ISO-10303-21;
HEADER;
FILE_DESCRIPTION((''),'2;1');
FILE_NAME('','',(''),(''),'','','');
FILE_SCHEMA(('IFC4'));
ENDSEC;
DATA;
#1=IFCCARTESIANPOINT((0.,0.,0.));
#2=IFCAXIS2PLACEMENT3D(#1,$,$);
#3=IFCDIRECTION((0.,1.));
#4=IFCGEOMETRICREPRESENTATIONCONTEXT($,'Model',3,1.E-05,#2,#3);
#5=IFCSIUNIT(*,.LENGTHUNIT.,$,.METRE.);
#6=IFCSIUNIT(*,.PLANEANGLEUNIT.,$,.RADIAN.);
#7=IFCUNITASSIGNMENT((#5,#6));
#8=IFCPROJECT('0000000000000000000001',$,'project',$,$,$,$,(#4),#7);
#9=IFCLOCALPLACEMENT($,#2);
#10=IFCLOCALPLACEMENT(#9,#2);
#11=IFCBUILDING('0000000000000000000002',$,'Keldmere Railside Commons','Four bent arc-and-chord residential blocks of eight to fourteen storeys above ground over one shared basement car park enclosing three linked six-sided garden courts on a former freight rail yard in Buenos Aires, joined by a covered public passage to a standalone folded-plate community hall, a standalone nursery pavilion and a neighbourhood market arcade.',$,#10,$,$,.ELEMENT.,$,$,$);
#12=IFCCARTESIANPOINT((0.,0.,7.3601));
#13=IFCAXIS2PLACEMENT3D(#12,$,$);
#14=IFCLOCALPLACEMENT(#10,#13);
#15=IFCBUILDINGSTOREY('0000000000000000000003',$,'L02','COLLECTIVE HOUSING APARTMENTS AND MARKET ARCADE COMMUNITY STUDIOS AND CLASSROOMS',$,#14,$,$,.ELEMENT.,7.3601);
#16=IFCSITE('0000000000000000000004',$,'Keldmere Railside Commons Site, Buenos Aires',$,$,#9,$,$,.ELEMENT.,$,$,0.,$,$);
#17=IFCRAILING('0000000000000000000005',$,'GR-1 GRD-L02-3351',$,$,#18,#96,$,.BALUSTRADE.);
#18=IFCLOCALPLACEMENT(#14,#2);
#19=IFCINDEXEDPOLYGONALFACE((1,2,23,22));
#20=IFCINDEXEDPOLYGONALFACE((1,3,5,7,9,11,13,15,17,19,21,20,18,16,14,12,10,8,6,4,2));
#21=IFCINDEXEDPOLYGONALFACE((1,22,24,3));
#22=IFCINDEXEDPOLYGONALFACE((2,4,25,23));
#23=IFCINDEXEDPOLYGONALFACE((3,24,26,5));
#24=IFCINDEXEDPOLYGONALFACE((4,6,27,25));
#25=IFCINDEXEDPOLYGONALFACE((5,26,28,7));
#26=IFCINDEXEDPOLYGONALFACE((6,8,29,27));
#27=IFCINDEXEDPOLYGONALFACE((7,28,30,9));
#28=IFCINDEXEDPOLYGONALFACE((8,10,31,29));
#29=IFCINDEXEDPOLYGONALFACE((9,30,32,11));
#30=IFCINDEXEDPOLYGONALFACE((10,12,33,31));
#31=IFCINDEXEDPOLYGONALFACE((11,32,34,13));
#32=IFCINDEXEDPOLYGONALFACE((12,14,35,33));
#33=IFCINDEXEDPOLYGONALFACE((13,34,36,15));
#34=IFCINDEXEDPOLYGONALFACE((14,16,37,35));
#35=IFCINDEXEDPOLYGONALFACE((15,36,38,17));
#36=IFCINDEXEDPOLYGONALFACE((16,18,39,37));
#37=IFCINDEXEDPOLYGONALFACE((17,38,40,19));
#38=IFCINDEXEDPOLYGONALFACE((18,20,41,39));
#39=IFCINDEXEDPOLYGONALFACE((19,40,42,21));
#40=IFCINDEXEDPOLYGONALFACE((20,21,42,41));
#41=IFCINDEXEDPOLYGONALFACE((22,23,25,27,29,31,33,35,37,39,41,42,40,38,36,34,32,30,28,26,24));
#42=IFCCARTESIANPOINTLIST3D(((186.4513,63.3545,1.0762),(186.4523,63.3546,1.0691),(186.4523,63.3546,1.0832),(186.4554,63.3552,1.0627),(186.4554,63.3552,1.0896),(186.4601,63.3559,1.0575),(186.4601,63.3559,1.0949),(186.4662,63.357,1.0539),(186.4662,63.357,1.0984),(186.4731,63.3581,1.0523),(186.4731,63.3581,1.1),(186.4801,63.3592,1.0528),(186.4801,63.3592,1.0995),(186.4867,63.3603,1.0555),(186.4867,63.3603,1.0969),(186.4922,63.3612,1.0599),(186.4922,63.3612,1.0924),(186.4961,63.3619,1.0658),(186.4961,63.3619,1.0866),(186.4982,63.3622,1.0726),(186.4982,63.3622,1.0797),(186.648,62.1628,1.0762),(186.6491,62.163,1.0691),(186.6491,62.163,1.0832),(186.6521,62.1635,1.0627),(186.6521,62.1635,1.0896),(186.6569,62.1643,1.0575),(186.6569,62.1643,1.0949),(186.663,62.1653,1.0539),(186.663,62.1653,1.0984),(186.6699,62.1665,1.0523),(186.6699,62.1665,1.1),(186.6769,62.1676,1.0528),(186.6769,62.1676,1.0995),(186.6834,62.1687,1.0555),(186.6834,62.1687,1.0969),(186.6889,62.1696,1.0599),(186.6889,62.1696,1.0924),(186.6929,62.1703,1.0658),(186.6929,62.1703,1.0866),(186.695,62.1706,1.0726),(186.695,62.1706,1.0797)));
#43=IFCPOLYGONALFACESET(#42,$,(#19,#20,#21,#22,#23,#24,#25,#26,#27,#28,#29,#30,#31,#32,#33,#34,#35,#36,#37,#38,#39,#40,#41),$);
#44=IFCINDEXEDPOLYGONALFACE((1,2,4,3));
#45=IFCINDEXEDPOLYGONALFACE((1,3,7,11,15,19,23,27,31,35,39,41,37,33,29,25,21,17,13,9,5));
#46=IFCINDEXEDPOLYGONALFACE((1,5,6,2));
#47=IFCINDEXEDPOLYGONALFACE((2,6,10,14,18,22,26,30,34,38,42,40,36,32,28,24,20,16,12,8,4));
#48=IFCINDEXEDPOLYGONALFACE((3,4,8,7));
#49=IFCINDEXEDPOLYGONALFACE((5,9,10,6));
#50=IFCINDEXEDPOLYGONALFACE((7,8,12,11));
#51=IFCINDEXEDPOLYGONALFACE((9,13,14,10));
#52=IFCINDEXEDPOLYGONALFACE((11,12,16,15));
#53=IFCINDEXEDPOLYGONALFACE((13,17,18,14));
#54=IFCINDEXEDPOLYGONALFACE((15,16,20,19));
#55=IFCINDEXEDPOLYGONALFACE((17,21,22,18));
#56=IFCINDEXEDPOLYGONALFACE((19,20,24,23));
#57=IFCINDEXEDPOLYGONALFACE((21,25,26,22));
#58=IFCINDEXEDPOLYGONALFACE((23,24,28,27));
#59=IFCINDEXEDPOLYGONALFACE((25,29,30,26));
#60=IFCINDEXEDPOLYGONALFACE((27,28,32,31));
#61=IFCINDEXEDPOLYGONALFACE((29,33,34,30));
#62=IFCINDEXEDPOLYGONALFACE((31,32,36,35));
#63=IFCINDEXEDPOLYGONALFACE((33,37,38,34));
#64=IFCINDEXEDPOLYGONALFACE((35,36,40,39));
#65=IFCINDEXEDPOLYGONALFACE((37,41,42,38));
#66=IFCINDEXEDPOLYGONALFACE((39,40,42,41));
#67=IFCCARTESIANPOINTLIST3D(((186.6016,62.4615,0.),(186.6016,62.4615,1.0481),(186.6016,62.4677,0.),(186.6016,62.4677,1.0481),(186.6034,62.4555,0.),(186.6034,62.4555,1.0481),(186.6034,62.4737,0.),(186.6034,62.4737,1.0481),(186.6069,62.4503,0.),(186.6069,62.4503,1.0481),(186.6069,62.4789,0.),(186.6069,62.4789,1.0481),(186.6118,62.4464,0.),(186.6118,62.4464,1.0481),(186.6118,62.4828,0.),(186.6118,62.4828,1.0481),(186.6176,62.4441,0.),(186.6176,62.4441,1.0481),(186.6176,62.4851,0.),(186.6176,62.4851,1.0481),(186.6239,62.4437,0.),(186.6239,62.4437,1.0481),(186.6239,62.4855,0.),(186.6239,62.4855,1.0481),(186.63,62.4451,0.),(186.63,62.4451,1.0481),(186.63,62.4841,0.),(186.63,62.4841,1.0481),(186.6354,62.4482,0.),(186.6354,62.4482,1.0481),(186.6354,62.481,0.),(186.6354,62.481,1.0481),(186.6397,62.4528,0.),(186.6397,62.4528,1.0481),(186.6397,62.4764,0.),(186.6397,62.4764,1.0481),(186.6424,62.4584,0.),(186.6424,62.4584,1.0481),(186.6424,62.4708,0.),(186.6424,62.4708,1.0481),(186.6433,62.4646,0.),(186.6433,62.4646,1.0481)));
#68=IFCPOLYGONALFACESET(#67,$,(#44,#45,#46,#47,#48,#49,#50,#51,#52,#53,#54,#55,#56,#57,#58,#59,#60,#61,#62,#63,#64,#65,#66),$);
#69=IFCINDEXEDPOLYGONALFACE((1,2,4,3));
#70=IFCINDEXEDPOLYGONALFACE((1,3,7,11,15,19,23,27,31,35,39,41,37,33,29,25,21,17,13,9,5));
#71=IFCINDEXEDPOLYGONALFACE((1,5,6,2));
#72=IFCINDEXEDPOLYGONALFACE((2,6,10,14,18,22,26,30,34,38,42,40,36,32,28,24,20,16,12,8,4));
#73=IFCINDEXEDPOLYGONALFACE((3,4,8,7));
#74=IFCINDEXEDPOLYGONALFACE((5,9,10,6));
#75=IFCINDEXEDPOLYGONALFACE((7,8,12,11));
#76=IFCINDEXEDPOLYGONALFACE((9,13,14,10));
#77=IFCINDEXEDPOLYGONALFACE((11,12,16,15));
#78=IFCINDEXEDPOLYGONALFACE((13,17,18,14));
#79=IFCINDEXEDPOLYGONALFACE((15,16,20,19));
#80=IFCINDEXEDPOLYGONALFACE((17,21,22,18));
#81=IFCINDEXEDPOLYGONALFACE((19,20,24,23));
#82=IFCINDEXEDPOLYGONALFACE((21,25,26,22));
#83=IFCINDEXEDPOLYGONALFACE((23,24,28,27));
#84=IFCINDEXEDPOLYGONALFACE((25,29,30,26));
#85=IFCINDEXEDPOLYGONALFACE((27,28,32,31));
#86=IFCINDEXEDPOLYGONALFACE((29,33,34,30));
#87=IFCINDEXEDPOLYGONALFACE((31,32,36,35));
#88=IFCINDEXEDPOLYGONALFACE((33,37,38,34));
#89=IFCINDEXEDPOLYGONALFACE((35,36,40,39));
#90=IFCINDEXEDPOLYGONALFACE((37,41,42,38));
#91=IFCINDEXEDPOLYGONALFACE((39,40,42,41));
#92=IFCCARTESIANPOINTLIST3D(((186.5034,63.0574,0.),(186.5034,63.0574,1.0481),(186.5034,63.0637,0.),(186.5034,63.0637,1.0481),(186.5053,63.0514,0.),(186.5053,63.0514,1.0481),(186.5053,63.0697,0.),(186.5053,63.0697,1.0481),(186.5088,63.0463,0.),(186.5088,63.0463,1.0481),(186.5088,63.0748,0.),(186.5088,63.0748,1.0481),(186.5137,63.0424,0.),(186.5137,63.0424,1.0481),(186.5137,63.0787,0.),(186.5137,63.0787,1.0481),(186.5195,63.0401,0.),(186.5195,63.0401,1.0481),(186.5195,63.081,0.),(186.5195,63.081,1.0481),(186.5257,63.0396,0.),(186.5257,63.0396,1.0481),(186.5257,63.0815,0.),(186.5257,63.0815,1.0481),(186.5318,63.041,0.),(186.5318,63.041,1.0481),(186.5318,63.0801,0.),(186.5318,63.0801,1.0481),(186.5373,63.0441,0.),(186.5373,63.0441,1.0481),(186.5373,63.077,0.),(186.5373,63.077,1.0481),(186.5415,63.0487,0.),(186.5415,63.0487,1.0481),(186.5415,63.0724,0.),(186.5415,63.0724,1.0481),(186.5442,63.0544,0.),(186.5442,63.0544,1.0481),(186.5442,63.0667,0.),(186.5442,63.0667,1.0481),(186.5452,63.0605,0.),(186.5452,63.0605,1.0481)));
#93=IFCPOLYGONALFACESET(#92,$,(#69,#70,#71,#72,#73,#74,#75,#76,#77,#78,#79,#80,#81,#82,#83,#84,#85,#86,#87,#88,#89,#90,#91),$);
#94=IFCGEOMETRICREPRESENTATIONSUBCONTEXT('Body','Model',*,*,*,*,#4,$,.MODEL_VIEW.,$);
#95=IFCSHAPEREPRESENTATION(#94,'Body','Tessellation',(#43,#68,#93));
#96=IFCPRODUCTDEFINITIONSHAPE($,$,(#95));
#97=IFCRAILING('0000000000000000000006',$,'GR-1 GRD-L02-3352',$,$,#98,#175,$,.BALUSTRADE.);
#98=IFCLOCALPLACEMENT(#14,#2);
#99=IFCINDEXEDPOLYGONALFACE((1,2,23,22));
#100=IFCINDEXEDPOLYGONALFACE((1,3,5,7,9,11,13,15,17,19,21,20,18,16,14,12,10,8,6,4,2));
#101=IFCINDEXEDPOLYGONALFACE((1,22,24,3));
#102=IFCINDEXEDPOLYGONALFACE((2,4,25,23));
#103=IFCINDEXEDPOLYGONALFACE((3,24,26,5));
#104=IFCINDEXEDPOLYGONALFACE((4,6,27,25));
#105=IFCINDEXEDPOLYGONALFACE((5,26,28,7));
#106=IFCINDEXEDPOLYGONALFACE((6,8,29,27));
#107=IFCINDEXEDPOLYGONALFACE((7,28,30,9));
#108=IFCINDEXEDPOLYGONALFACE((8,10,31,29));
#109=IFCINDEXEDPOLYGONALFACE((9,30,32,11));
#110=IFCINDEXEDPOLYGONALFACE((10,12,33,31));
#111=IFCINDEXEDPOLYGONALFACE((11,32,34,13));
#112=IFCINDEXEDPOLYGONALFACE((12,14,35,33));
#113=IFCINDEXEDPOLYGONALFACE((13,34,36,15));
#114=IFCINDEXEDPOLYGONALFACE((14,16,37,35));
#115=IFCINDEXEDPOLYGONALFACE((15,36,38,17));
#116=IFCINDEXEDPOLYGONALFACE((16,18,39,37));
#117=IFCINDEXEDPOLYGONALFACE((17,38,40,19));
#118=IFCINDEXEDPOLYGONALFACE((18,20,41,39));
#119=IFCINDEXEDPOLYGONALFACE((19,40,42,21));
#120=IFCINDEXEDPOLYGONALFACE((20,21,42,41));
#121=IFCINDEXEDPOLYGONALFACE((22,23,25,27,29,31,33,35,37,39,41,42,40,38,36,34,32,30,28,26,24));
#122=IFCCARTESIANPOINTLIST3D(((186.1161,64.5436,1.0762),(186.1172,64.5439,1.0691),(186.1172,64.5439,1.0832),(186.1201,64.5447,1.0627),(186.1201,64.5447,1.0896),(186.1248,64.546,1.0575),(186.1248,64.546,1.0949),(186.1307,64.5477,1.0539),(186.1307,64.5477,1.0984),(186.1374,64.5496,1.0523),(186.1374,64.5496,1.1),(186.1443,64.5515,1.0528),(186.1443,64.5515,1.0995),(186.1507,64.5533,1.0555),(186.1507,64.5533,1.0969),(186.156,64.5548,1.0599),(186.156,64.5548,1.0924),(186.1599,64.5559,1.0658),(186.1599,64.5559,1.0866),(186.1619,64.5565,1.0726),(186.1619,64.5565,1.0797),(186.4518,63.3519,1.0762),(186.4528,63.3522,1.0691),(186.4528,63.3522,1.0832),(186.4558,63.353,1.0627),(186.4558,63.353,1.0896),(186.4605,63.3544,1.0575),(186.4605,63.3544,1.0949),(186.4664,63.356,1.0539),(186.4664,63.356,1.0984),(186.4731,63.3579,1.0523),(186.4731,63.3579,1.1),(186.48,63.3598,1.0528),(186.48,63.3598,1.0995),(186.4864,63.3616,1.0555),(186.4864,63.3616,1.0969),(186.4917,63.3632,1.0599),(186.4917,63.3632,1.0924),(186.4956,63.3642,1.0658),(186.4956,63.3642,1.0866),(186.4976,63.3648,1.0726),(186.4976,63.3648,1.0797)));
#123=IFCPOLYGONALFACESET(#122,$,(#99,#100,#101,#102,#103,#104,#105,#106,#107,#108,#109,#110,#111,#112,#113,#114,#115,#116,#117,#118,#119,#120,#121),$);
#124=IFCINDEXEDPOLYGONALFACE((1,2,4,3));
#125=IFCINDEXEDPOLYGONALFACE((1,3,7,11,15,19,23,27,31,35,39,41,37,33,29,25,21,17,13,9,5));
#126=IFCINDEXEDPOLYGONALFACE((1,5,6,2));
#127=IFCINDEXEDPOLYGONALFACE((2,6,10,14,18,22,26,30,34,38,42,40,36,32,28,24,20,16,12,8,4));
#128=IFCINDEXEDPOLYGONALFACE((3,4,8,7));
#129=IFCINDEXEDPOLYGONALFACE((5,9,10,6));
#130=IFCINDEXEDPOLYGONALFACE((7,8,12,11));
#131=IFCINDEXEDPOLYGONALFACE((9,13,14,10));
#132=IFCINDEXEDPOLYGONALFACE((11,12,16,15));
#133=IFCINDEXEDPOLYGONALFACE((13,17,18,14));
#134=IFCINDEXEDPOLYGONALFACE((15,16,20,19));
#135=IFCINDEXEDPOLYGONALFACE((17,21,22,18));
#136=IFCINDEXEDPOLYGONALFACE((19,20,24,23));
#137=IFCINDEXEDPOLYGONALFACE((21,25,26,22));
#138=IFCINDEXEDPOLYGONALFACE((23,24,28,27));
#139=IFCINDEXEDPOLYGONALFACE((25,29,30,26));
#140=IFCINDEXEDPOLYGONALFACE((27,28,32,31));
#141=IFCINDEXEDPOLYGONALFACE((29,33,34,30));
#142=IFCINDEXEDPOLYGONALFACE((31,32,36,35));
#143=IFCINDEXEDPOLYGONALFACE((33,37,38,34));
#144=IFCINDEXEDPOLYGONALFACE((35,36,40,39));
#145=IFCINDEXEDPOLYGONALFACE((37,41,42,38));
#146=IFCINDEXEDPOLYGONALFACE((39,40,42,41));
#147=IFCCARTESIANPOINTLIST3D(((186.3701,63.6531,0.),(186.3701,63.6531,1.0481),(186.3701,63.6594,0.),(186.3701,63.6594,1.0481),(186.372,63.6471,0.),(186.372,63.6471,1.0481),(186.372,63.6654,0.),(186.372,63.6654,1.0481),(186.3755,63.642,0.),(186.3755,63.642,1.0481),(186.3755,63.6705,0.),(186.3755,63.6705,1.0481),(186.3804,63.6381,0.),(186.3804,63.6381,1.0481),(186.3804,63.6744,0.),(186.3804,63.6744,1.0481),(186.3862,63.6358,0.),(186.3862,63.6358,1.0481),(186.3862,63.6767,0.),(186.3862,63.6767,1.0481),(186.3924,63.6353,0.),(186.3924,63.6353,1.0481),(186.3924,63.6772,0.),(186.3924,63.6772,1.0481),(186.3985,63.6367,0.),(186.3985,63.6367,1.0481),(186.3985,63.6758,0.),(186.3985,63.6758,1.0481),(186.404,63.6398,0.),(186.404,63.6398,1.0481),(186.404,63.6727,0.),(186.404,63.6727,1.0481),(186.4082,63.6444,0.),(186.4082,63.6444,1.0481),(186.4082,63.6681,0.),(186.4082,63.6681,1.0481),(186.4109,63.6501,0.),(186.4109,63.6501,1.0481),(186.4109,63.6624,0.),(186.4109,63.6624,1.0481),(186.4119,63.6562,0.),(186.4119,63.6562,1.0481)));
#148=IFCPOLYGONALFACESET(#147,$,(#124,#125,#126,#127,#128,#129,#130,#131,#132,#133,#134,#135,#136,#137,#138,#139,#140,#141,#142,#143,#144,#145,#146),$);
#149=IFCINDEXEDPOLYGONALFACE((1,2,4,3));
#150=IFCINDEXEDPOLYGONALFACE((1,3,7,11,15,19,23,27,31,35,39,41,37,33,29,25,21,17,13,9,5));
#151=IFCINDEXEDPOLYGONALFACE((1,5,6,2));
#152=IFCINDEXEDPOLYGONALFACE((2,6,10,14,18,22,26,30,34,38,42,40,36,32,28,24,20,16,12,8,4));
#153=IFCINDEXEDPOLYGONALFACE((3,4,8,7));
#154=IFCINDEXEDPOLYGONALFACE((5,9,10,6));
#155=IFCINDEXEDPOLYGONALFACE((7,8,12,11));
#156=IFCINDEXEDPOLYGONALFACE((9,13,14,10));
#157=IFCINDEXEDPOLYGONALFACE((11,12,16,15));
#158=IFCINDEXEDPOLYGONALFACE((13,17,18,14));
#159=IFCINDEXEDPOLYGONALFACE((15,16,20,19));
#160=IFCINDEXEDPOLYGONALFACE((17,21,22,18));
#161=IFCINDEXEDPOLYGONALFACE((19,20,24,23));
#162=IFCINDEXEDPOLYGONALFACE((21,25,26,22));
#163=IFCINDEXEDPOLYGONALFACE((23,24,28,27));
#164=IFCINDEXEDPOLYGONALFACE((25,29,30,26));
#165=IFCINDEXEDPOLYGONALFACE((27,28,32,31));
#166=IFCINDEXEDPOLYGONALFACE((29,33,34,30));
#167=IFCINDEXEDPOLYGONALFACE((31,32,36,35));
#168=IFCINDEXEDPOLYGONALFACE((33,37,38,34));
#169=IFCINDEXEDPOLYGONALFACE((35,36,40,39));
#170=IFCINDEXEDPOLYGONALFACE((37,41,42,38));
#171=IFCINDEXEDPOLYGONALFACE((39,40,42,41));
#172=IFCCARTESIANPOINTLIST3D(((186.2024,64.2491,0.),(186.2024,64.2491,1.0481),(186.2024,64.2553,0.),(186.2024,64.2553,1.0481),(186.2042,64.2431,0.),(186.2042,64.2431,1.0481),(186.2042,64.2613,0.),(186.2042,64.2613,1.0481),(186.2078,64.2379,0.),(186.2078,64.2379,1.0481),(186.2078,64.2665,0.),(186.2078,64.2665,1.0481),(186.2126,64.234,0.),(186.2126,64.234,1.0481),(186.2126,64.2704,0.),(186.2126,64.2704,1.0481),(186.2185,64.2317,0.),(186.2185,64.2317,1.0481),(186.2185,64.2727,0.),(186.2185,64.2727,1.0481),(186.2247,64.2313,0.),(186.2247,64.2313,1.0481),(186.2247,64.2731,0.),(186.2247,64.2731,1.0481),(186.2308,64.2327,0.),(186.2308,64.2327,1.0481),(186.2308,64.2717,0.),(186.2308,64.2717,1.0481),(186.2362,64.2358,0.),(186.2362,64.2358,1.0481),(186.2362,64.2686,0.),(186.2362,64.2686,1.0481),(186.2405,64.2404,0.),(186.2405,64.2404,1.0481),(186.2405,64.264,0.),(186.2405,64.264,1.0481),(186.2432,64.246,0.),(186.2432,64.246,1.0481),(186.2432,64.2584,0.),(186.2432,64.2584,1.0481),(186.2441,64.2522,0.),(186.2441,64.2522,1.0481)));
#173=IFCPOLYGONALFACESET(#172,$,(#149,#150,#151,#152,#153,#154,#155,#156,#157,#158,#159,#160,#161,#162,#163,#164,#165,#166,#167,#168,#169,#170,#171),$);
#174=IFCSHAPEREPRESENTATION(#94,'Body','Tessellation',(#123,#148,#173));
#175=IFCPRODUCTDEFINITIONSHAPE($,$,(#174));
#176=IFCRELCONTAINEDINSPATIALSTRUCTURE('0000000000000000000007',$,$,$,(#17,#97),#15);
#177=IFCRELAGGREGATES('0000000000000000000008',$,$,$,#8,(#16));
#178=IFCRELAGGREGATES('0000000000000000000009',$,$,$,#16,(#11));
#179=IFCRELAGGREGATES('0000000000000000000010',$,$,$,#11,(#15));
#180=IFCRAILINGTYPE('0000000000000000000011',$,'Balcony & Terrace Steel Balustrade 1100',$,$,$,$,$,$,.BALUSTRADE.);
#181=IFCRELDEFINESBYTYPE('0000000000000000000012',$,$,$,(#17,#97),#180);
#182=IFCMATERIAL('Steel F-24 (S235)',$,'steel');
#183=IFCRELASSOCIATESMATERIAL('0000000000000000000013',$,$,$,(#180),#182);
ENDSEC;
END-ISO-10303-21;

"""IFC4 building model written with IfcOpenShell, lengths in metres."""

from ifc_helpers import new_model, si_unit, direction, frame, origin, origin_2d, place, context, subcontext, project, spatial, circle, extrude, material, type_object, element, save


model = new_model("IFC4")

# Units and contexts
model_context = context("Model", 3, precision=1e-05, world=origin(), true_north=direction((0.0, 1.0)))
body_context = subcontext(model_context, "Body", "Model", "MODEL_VIEW")
ifc_project = project(units=[si_unit("LENGTHUNIT", "METRE"), si_unit("PLANEANGLEUNIT", "RADIAN")], contexts=[model_context])

# Site, building, storey
site_placement = place(None, origin())
site = spatial("IfcSite", under=ifc_project, at=site_placement, Name="Keldmere Railside Commons Site, Buenos Aires", CompositionType="ELEMENT", RefElevation=0.0)
building_placement = place(site_placement, origin())
building = spatial("IfcBuilding", under=site, at=building_placement, Name="Keldmere Railside Commons", Description="Four bent arc-and-chord residential blocks of eight to fourteen storeys above ground over one shared basement car park enclosing three linked six-sided garden courts on a former freight rail yard in Buenos Aires, joined by a covered public passage to a standalone folded-plate community hall, a standalone nursery pavilion and a neighbourhood market arcade.", CompositionType="ELEMENT")
storey_placement = place(building_placement, frame((0.0, 0.0, 7.3601)))
storey = spatial("IfcBuildingStorey", under=building, at=storey_placement, Name="L02", Description="COLLECTIVE HOUSING APARTMENTS AND MARKET ARCADE COMMUNITY STUDIOS AND CLASSROOMS", CompositionType="ELEMENT", Elevation=7.3601)

# Shared definitions
ifc_material_1 = material(Name="Steel F-24 (S235)", Category="steel")

# Railings
railing_type_1 = type_object("IfcRailingType", Name="Balcony & Terrace Steel Balustrade 1100", PredefinedType="BALUSTRADE", material=ifc_material_1)
railing_1_placement = place(storey_placement, frame((186.6716, 62.1667, 0.0)))
element("IfcRailing", 1, at=railing_1_placement, inside=storey, type_object=railing_type_1, Name="GR-1 GRD-L02-3351", PredefinedType="BALUSTRADE", context=body_context, shape_type="SweptSolid", body=[
    extrude(circle(Radius=0.0239, at=origin_2d()), frame((0.0, 0.0, 1.0762), z_axis=(-0.162924, 0.986639, 0.0), x_axis=(-0.986639, -0.162924, 0.0)), (0.0, 0.0, 1.0), 1.2078),
    extrude(circle(Radius=0.021, at=origin_2d()), frame((-0.0493, 0.2979, 0.0)), (0.0, 0.0, 1.0), 1.0481),
    extrude(circle(Radius=0.021, at=origin_2d()), frame((-0.1475, 0.8938, 0.0)), (0.0, 0.0, 1.0), 1.0481),
])
railing_2_placement = place(storey_placement, frame((186.4749, 63.3584, 0.0)))
element("IfcRailing", 2, at=railing_2_placement, inside=storey, type_object=railing_type_1, Name="GR-1 GRD-L02-3352", PredefinedType="BALUSTRADE", context=body_context, shape_type="SweptSolid", body=[
    extrude(circle(Radius=0.0239, at=origin_2d()), frame((0.0, 0.0, 1.0762), z_axis=(-0.271151, 0.962537, 0.0), x_axis=(-0.962537, -0.271151, 0.0)), (0.0, 0.0, 1.0), 1.238),
    extrude(circle(Radius=0.021, at=origin_2d()), frame((-0.084, 0.2979, 0.0)), (0.0, 0.0, 1.0), 1.0481),
    extrude(circle(Radius=0.021, at=origin_2d()), frame((-0.2517, 0.8938, 0.0)), (0.0, 0.0, 1.0), 1.0481),
])

save(model, "model.ifc")
